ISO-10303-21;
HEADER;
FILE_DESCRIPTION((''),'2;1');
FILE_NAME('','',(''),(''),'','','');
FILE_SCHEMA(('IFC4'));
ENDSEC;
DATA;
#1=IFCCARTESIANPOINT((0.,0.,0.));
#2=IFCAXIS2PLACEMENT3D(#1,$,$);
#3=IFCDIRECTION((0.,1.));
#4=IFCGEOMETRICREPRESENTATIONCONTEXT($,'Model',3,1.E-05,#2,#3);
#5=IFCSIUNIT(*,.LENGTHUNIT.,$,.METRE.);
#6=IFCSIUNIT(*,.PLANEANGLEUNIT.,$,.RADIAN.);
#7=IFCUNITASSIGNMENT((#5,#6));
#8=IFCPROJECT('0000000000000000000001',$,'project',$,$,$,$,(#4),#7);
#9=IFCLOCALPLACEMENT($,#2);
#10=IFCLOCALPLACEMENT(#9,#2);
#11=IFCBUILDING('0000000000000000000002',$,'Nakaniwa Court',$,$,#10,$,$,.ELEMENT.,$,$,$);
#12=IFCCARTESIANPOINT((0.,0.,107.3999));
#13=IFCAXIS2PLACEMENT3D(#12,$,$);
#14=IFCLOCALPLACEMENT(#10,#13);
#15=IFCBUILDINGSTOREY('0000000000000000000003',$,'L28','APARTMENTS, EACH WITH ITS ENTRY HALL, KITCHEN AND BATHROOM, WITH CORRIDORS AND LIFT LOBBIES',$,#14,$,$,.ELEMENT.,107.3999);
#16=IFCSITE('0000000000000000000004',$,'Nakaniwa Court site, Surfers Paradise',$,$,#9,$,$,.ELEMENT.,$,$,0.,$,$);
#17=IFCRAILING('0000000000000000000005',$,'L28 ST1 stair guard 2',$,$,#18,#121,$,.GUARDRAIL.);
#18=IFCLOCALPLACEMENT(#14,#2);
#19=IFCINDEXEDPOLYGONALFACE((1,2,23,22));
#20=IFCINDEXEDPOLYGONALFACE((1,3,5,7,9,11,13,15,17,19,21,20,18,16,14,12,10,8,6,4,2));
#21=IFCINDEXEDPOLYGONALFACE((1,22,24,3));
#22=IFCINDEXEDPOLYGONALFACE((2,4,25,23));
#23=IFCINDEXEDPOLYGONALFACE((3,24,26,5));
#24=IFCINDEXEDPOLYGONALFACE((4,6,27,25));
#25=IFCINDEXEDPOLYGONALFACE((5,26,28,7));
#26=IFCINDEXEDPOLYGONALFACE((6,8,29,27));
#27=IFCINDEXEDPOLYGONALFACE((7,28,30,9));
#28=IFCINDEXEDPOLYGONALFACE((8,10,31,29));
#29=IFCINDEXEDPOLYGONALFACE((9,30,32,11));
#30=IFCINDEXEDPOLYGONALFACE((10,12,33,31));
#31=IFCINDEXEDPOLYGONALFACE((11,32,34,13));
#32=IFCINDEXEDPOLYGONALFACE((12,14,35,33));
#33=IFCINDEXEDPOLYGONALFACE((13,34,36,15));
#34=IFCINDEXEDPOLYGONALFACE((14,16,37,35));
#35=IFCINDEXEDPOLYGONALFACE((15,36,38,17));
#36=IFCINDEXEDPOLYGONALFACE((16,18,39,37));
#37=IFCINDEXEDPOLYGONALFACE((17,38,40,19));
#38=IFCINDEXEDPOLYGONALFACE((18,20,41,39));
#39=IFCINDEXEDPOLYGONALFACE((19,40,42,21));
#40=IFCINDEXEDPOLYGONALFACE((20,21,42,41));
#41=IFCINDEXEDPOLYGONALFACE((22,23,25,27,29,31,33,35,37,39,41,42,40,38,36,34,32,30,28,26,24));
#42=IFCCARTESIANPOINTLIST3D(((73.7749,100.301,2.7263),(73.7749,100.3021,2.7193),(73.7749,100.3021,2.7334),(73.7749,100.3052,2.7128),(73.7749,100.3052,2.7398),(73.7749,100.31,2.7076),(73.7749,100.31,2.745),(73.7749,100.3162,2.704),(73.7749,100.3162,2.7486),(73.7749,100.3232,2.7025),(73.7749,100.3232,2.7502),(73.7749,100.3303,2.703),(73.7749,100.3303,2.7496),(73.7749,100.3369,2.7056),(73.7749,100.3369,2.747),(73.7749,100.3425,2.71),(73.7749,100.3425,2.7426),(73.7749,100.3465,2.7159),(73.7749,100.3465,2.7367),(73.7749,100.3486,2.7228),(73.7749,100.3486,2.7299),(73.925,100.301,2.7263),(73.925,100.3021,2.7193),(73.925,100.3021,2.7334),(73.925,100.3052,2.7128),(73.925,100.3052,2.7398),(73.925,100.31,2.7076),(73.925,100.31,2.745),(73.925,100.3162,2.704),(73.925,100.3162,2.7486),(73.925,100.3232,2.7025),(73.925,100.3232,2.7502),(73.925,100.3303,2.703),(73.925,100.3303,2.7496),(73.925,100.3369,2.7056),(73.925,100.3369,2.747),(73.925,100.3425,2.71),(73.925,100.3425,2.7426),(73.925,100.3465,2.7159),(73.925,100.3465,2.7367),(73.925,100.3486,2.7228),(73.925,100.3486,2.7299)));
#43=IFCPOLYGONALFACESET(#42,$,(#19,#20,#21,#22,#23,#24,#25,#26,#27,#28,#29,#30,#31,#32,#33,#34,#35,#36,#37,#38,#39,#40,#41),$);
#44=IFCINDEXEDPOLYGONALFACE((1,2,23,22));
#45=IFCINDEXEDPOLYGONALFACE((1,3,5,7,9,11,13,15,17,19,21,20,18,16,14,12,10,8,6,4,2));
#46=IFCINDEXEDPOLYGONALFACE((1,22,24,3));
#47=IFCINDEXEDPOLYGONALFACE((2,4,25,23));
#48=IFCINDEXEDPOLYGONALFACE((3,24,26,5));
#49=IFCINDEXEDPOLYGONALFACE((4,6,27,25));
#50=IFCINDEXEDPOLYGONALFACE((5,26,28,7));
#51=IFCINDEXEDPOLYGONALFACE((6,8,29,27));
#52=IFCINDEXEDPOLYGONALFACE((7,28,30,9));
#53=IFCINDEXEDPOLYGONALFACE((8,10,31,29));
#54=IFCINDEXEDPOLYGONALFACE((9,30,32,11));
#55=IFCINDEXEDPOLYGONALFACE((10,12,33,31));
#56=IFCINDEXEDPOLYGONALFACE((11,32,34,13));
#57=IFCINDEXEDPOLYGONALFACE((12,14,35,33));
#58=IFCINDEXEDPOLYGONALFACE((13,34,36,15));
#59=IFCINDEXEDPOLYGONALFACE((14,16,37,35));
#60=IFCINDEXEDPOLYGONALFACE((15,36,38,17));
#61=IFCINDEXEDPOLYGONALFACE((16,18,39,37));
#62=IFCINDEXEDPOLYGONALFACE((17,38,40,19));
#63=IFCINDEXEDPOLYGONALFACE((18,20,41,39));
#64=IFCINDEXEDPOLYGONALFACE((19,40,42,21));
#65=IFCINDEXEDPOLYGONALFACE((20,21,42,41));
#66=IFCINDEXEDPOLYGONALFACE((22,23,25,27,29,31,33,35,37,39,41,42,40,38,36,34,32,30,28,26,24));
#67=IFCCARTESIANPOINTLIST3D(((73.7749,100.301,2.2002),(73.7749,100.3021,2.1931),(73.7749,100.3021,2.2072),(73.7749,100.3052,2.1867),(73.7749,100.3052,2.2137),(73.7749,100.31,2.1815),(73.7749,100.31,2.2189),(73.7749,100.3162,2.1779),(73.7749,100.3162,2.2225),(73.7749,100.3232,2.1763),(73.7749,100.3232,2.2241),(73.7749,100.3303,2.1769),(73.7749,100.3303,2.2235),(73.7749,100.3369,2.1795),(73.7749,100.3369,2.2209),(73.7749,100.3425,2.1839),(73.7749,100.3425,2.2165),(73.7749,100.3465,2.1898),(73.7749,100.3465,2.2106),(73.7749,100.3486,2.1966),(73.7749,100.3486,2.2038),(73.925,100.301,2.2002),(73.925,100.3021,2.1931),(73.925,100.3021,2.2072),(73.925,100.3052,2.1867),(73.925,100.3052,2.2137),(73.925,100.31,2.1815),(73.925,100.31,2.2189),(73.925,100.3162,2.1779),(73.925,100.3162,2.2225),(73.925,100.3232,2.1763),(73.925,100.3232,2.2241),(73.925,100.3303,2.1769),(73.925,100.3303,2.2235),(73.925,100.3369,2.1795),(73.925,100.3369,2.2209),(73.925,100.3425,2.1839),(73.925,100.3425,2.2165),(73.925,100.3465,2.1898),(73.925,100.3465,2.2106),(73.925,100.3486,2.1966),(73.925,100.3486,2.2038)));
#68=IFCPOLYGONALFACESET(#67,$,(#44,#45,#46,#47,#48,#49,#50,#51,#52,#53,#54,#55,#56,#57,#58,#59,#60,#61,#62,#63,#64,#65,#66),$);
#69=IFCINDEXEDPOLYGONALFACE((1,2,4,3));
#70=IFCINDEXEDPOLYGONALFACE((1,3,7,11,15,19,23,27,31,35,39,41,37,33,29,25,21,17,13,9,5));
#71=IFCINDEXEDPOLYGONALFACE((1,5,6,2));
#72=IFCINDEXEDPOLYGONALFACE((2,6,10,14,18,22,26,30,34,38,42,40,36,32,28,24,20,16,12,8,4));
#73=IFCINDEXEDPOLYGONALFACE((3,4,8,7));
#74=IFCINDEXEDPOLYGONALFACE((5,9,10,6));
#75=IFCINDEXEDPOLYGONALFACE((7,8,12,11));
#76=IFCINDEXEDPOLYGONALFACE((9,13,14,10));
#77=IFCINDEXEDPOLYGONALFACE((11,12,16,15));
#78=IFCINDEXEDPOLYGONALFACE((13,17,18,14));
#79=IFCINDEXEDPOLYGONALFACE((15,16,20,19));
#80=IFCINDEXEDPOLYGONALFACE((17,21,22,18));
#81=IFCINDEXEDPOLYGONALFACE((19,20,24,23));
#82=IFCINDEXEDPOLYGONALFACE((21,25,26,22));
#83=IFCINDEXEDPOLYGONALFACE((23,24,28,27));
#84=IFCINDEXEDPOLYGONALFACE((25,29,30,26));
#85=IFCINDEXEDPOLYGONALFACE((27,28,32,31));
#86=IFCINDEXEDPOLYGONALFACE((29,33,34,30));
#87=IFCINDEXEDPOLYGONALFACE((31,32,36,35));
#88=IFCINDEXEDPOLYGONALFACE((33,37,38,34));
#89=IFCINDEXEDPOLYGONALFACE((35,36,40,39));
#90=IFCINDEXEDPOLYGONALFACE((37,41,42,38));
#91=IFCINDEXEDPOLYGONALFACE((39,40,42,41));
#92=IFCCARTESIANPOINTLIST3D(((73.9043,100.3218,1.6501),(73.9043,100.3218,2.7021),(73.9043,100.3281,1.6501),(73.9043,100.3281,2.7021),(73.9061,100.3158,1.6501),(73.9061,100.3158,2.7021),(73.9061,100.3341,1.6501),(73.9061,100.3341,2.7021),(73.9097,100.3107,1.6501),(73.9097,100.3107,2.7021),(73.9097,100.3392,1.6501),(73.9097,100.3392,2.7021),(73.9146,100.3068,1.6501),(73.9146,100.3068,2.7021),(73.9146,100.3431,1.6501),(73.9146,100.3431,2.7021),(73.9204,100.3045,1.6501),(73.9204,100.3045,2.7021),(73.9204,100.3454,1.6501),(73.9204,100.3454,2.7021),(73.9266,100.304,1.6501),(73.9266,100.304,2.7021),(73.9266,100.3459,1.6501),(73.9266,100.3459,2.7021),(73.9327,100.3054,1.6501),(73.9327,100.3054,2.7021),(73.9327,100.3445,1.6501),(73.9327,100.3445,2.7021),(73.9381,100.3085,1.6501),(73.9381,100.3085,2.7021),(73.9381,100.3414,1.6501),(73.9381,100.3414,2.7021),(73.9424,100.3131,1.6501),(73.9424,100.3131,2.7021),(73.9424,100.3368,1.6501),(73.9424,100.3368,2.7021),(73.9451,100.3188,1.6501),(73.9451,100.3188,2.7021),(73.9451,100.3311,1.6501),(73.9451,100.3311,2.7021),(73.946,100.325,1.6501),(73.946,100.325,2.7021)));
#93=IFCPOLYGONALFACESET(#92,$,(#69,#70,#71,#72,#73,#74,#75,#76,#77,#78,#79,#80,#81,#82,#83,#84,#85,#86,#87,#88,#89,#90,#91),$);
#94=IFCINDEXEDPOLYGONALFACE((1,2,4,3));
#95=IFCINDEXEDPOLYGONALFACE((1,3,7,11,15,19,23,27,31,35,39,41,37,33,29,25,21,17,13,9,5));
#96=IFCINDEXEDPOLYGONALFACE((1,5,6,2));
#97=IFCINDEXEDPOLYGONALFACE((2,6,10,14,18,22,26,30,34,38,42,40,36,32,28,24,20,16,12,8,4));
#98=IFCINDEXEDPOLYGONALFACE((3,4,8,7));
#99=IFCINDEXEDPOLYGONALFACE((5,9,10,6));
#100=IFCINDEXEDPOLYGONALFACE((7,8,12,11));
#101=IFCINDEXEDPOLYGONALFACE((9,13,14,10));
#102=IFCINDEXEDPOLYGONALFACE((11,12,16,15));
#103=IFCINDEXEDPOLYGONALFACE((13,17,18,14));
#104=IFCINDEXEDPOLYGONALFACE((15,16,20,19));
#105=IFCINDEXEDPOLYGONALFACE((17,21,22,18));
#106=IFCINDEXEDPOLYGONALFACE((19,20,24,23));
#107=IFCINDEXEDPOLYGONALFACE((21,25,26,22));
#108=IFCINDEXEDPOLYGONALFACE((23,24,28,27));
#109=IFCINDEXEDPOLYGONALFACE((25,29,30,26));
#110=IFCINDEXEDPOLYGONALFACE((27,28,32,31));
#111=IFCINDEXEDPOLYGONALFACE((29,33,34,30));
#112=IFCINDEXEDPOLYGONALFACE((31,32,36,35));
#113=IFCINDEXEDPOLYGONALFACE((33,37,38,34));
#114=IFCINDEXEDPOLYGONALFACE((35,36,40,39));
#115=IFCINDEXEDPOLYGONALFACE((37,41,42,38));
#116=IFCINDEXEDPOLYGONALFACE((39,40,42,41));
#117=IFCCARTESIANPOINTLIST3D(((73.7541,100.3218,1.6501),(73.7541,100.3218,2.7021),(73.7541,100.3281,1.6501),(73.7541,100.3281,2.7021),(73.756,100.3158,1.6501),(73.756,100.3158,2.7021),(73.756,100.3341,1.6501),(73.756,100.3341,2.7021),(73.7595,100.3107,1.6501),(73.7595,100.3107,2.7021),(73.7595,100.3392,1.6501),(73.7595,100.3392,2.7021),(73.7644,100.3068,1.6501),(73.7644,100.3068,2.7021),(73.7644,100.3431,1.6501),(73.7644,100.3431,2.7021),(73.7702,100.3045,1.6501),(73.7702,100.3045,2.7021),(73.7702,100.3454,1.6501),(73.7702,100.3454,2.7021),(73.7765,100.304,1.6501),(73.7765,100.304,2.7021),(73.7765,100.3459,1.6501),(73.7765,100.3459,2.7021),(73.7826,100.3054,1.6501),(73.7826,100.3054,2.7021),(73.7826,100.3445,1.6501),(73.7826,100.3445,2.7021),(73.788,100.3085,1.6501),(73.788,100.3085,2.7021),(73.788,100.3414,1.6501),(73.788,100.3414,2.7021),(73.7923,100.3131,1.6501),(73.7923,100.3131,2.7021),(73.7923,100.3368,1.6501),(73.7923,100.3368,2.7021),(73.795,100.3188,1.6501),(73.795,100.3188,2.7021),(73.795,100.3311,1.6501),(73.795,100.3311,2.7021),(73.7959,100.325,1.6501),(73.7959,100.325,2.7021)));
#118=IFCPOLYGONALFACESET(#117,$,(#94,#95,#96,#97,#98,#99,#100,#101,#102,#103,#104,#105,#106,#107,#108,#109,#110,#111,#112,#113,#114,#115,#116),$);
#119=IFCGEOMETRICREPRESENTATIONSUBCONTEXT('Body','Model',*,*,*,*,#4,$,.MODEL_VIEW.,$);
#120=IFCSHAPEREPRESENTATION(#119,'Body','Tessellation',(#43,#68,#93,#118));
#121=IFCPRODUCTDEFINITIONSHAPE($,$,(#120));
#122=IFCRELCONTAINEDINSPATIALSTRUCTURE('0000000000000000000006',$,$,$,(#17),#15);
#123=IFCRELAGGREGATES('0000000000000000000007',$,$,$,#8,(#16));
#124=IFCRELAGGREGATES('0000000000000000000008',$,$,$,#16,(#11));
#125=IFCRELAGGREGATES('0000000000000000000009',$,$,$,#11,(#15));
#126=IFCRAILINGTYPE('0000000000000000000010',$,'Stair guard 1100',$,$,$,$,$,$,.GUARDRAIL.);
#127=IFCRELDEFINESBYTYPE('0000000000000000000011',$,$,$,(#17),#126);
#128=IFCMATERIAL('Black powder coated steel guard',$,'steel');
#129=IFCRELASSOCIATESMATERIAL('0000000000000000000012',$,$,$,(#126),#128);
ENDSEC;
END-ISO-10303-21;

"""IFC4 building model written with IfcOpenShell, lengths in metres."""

from ifc_helpers import new_model, si_unit, direction, frame, origin, origin_2d, place, context, subcontext, project, spatial, circle, extrude, material, type_object, element, save


model = new_model("IFC4")

# Units and contexts
model_context = context("Model", 3, precision=1e-05, world=origin(), true_north=direction((0.0, 1.0)))
body_context = subcontext(model_context, "Body", "Model", "MODEL_VIEW")
ifc_project = project(units=[si_unit("LENGTHUNIT", "METRE"), si_unit("PLANEANGLEUNIT", "RADIAN")], contexts=[model_context])

# Site, building, storey
site_placement = place(None, origin())
site = spatial("IfcSite", under=ifc_project, at=site_placement, Name="Nakaniwa Court site, Surfers Paradise", CompositionType="ELEMENT", RefElevation=0.0)
building_placement = place(site_placement, origin())
building = spatial("IfcBuilding", under=site, at=building_placement, Name="Nakaniwa Court", CompositionType="ELEMENT")
storey_placement = place(building_placement, frame((0.0, 0.0, 107.3999)))
storey = spatial("IfcBuildingStorey", under=building, at=storey_placement, Name="L28", Description="APARTMENTS, EACH WITH ITS ENTRY HALL, KITCHEN AND BATHROOM, WITH CORRIDORS AND LIFT LOBBIES", CompositionType="ELEMENT", Elevation=107.3999)

# Railing
ifc_material_1 = material(Name="Black powder coated steel guard", Category="steel")
railing_type_1 = type_object("IfcRailingType", Name="Stair guard 1100", PredefinedType="GUARDRAIL", material=ifc_material_1)
railing_1_placement = place(storey_placement, frame((73.925, 100.325, 1.6501)))
element("IfcRailing", 1, at=railing_1_placement, inside=storey, type_object=railing_type_1, Name="L28 ST1 stair guard 2", PredefinedType="GUARDRAIL", context=body_context, shape_type="SweptSolid", body=[
    extrude(circle(Radius=0.0239, at=origin_2d()), frame((0.0, 0.0, 1.0762), z_axis=(-1.0, 0.0, 0.0), x_axis=(0.0, -1.0, 0.0)), (0.0, 0.0, 1.0), 0.1501),
    extrude(circle(Radius=0.0239, at=origin_2d()), frame((0.0, 0.0, 0.55), z_axis=(-1.0, 0.0, 0.0), x_axis=(0.0, -1.0, 0.0)), (0.0, 0.0, 1.0), 0.1501),
    extrude(circle(Radius=0.021, at=origin_2d()), origin(), (0.0, 0.0, 1.0), 1.052),
    extrude(circle(Radius=0.021, at=origin_2d()), frame((-0.1501, 0.0, 0.0)), (0.0, 0.0, 1.0), 1.052),
])

save(model, "model.ifc")
